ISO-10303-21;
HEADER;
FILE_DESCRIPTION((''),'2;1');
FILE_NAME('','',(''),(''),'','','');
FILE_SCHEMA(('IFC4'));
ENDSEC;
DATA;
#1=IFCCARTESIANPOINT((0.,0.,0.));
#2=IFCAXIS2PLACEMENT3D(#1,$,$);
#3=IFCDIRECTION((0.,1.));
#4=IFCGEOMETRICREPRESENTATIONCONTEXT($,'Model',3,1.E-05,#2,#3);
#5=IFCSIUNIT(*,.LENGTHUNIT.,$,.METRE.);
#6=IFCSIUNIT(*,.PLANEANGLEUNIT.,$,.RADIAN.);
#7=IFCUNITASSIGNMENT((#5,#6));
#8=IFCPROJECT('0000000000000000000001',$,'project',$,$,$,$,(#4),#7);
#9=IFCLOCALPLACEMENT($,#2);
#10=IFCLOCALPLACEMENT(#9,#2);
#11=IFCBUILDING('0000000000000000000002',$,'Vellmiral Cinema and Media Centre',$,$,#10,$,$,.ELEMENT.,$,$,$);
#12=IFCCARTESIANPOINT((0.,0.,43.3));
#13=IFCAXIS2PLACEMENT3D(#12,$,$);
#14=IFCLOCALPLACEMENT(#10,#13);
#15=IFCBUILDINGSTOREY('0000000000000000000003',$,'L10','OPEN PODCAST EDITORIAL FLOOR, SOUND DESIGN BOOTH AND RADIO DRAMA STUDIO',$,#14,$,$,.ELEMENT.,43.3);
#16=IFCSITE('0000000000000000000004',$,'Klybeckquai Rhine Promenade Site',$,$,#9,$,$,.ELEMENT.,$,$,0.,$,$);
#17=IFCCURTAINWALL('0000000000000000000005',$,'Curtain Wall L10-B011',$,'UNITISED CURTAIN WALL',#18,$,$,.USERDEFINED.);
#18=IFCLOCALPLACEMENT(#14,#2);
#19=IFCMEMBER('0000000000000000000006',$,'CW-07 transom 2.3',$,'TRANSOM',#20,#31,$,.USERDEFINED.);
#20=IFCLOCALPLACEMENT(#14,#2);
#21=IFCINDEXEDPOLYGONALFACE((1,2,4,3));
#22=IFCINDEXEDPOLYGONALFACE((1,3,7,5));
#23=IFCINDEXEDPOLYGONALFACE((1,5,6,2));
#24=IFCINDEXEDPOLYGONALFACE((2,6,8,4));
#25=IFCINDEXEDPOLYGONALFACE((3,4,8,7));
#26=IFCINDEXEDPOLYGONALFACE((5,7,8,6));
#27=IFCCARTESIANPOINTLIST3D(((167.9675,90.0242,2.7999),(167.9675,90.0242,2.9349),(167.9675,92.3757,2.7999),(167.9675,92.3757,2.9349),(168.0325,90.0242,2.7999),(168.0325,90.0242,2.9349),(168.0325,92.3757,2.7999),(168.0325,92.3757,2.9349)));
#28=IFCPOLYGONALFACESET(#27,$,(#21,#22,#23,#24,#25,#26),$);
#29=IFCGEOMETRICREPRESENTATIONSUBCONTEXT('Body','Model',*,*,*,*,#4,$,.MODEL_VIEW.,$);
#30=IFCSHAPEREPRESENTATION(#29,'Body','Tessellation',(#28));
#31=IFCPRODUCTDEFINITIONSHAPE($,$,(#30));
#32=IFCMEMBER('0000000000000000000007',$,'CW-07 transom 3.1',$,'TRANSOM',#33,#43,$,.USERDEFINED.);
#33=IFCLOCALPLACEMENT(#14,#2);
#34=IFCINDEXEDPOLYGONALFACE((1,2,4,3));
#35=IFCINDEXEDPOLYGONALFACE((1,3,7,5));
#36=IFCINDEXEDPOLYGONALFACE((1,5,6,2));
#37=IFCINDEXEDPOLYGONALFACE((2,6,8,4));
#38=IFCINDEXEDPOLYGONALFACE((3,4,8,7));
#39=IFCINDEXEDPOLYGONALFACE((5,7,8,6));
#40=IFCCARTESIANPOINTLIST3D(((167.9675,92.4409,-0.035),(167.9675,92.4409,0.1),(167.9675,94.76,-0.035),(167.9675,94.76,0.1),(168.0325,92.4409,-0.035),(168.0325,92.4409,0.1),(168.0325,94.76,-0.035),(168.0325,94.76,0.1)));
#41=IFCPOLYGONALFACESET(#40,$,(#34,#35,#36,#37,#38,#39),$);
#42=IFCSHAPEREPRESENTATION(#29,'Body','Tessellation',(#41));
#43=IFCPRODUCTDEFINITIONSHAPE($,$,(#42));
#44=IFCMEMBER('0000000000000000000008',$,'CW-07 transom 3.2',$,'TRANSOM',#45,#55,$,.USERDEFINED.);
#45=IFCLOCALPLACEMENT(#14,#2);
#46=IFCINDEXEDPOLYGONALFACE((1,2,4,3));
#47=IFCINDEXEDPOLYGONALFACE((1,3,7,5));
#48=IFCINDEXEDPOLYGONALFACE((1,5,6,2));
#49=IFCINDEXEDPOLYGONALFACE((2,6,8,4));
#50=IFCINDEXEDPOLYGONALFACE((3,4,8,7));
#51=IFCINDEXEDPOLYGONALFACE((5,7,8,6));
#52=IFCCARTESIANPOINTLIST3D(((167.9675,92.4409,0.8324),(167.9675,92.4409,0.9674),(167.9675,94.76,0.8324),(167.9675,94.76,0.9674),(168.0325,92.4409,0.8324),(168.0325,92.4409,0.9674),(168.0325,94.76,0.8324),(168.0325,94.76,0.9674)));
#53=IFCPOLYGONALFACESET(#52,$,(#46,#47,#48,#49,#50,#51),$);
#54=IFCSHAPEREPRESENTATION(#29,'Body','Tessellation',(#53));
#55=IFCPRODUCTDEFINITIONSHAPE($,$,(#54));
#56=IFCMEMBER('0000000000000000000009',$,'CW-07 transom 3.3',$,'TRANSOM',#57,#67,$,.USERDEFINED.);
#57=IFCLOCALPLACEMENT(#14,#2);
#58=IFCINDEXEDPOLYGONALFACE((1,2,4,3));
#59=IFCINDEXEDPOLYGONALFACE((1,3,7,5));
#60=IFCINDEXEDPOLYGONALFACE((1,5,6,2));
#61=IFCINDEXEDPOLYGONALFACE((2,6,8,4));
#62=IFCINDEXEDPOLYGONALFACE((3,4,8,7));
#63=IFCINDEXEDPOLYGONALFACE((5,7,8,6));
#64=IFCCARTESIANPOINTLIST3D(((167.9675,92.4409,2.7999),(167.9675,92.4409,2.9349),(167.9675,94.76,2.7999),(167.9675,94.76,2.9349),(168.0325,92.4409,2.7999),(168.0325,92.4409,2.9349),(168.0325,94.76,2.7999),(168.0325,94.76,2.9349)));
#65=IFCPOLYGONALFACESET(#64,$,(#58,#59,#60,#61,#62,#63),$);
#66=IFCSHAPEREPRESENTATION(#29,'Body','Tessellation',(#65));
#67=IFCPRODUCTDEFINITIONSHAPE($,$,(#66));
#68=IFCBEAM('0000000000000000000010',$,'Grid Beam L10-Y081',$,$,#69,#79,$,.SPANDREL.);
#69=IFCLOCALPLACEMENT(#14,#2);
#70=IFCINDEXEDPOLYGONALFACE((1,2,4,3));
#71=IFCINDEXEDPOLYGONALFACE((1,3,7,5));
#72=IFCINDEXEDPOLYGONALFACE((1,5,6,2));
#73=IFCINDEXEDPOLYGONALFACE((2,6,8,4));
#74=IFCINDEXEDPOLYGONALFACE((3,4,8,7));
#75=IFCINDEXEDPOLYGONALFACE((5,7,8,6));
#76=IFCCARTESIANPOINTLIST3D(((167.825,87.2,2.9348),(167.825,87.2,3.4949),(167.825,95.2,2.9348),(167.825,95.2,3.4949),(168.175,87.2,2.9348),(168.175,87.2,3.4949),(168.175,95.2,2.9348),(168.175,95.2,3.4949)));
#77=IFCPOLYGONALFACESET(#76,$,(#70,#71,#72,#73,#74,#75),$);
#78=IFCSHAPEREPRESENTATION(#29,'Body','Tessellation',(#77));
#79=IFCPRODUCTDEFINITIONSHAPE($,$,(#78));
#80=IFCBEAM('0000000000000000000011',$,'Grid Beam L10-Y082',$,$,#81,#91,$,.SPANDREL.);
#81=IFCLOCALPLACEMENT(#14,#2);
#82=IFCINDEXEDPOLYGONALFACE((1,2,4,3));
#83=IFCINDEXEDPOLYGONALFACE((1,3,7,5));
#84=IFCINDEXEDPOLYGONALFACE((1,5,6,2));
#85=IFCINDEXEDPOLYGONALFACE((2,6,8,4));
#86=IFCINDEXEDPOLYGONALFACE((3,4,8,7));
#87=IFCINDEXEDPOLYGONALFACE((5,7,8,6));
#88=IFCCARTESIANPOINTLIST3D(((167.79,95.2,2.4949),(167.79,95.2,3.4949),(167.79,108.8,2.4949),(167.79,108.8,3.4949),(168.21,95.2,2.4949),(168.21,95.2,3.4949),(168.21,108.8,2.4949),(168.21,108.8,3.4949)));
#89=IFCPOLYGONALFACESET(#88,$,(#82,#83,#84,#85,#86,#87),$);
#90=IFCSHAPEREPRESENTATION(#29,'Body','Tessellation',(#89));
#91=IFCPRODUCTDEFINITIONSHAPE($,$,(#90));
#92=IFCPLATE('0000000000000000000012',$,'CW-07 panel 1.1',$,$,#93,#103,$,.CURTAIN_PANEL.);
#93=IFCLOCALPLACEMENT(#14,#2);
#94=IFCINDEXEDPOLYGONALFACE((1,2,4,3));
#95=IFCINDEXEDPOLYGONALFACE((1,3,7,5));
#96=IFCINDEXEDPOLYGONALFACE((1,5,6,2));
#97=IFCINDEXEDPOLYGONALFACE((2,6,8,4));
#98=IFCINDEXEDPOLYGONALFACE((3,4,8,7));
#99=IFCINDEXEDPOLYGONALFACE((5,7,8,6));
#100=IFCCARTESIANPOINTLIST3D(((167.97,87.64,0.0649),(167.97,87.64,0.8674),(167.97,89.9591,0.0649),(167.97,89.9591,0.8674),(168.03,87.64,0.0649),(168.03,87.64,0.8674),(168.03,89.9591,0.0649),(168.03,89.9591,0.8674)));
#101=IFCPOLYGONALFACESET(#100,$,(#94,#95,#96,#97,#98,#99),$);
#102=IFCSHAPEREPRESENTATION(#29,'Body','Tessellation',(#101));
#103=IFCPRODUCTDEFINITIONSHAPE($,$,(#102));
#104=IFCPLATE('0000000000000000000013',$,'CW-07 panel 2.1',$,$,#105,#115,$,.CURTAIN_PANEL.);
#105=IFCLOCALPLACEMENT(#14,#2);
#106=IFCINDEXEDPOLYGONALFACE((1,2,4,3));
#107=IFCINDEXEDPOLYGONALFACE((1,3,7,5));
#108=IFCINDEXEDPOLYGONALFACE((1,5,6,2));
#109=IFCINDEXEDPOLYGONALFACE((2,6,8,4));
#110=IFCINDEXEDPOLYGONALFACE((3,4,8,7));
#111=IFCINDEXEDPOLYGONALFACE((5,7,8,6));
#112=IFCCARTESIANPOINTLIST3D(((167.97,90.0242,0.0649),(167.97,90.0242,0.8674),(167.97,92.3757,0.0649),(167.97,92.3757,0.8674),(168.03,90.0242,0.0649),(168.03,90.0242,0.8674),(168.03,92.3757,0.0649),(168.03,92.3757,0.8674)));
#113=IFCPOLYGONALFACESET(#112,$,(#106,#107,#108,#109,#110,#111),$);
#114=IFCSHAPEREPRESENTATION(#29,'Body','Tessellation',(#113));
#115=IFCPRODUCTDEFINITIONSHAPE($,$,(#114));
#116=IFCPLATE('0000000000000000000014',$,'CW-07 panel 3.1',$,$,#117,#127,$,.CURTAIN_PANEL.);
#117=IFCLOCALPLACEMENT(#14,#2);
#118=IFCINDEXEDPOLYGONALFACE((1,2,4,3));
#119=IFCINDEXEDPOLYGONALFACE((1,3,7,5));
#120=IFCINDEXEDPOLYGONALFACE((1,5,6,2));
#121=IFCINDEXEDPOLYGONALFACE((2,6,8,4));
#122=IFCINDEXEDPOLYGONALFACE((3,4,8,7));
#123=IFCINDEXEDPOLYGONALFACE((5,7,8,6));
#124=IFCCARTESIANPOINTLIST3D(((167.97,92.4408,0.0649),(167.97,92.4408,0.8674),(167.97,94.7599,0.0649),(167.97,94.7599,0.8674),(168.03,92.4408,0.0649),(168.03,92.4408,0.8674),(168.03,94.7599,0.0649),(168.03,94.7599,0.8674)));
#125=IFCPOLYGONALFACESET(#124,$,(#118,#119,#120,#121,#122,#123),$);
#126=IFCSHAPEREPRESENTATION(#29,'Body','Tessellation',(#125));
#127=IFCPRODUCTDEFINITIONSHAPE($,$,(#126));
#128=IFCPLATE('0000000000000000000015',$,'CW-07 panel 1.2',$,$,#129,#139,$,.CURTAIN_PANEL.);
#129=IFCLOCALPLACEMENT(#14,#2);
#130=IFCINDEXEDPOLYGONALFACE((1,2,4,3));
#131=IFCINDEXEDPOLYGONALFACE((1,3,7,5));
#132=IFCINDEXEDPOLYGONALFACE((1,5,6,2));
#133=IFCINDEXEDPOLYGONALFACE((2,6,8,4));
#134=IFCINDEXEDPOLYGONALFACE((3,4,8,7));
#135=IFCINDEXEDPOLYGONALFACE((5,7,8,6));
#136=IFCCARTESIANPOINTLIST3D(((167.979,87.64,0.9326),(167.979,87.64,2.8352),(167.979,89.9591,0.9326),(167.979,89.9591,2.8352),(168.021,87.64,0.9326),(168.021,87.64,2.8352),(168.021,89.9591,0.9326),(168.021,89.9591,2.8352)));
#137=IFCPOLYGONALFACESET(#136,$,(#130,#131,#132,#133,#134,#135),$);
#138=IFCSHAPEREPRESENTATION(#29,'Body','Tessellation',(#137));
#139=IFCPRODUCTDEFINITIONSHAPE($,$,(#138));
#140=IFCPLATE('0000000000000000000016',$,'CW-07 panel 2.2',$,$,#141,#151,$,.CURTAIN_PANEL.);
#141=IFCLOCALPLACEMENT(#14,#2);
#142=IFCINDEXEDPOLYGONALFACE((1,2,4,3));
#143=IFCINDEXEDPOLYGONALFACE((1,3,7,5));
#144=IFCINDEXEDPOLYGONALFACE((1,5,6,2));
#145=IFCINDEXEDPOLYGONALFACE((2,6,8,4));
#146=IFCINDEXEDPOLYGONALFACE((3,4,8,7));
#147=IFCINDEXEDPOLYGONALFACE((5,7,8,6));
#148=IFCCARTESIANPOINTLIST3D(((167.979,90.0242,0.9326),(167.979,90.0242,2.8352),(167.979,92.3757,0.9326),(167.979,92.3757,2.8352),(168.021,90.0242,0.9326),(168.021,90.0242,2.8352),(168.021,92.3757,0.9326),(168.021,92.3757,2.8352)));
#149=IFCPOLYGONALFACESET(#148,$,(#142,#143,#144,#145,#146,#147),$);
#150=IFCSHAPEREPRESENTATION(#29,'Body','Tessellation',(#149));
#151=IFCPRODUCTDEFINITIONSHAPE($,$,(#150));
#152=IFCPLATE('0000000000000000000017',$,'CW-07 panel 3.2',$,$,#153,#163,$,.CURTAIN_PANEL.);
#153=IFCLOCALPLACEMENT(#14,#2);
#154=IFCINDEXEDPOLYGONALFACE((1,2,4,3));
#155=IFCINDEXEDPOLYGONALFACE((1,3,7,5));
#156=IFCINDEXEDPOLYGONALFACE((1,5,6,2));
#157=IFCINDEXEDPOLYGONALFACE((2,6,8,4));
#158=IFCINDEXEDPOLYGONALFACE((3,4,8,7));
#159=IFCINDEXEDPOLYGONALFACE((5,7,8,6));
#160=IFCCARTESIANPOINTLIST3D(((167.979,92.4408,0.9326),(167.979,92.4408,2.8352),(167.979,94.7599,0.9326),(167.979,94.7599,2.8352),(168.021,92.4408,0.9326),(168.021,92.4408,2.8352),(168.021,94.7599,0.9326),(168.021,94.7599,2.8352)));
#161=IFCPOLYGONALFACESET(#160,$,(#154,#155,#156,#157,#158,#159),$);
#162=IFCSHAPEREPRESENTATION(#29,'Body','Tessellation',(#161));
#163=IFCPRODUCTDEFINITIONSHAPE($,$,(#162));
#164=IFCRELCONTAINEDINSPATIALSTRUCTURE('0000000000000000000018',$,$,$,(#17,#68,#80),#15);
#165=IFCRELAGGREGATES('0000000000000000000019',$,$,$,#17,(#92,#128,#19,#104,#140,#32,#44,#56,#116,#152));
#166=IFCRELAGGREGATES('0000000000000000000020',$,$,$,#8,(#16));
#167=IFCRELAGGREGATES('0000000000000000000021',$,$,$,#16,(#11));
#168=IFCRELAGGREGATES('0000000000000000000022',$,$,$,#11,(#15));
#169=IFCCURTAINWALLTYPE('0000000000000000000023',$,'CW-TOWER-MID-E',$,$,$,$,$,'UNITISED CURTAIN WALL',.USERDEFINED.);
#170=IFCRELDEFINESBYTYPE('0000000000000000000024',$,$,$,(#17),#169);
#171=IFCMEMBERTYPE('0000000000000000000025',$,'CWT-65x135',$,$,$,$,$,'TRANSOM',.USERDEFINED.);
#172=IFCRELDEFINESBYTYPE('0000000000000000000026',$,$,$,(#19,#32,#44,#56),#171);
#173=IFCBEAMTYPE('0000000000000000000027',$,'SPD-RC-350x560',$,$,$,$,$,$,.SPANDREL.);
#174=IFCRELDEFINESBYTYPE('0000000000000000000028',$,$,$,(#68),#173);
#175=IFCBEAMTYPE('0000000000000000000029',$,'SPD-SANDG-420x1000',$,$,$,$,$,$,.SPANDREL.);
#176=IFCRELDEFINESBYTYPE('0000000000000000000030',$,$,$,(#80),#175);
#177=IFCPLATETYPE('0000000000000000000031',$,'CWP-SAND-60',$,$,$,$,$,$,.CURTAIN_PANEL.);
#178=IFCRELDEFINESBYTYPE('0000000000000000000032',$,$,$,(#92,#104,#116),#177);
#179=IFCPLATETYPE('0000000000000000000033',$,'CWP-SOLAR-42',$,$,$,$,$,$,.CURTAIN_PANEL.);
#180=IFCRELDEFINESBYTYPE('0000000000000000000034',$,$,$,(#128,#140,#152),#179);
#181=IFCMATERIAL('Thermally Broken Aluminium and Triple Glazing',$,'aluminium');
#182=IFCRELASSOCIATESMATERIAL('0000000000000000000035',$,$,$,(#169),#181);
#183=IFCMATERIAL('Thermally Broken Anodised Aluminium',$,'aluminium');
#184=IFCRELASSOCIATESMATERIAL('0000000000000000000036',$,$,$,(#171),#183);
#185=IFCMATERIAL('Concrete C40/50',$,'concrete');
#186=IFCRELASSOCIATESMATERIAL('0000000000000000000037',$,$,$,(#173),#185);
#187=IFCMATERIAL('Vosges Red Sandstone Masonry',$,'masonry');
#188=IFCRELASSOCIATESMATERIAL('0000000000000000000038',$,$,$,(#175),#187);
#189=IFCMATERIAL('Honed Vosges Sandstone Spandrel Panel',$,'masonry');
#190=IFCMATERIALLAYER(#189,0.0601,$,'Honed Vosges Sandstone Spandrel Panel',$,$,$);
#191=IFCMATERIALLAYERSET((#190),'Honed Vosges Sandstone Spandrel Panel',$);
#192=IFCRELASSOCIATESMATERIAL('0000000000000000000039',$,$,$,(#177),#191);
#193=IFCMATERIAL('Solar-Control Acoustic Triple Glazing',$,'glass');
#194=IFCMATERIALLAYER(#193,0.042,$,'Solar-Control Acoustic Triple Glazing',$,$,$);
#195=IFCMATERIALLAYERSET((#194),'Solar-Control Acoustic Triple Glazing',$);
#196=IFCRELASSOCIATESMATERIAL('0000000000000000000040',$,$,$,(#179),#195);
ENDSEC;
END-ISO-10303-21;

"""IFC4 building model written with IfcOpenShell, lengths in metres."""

from ifc_helpers import new_model, si_unit, direction, frame, origin, origin_2d, place, context, subcontext, project, spatial, rectangle, extrude, material, layer, layer_set, material_profile, profile_set, type_object, element, aggregate, save


model = new_model("IFC4")

# Units and contexts
model_context = context("Model", 3, precision=1e-05, world=origin(), true_north=direction((0.0, 1.0)))
body_context = subcontext(model_context, "Body", "Model", "MODEL_VIEW")
ifc_project = project(units=[si_unit("LENGTHUNIT", "METRE"), si_unit("PLANEANGLEUNIT", "RADIAN")], contexts=[model_context])

# Site, building, storey
site_placement = place(None, origin())
site = spatial("IfcSite", under=ifc_project, at=site_placement, Name="Klybeckquai Rhine Promenade Site", CompositionType="ELEMENT", RefElevation=0.0)
building_placement = place(site_placement, origin())
building = spatial("IfcBuilding", under=site, at=building_placement, Name="Vellmiral Cinema and Media Centre", CompositionType="ELEMENT")
storey_placement = place(building_placement, frame((0.0, 0.0, 43.3)))
storey = spatial("IfcBuildingStorey", under=building, at=storey_placement, Name="L10", Description="OPEN PODCAST EDITORIAL FLOOR, SOUND DESIGN BOOTH AND RADIO DRAMA STUDIO", CompositionType="ELEMENT", Elevation=43.3)

# Curtain wall, members
ifc_material_1 = material(Name="Thermally Broken Aluminium and Triple Glazing", Category="aluminium")
curtain_wall_type = type_object("IfcCurtainWallType", Name="CW-TOWER-MID-E", ElementType="UNITISED CURTAIN WALL", PredefinedType="USERDEFINED", material=ifc_material_1)
curtain_wall_placement = place(storey_placement, origin())
curtain_wall = element("IfcCurtainWall", 1, at=curtain_wall_placement, inside=storey, type_object=curtain_wall_type, Name="Curtain Wall L10-B011", ObjectType="UNITISED CURTAIN WALL", PredefinedType="USERDEFINED")
ifc_material_2 = material(Name="Thermally Broken Anodised Aluminium", Category="aluminium")
ifc_material_profile_1 = material_profile(ifc_material_2, rectangle(XDim=0.0649, YDim=0.135, at=origin_2d()), Name="MULL 65x135")
ifc_profile_set_1 = profile_set([ifc_material_profile_1], Name="Thermally Broken Anodised Aluminium")
member_type_1 = type_object("IfcMemberType", Name="CWT-65x135", ElementType="TRANSOM", PredefinedType="USERDEFINED", material=ifc_profile_set_1)
member_1_placement = place(storey_placement, frame((168.0, 90.0242, 2.8674), z_axis=(0.0, 1.0, 0.0), x_axis=(-1.0, 0.0, 0.0)))
member_1 = element("IfcMember", 2, at=member_1_placement, type_object=member_type_1, Name="CW-07 transom 2.3", ObjectType="TRANSOM", PredefinedType="USERDEFINED", context=body_context, shape_type="SweptSolid", body=[
    extrude(rectangle(XDim=0.0649, YDim=0.135, at=origin_2d()), origin(), (0.0, 0.0, 1.0), 2.3516),
])
member_2_placement = place(storey_placement, frame((168.0, 92.4409, 0.0325), z_axis=(0.0, 1.0, 0.0), x_axis=(-1.0, 0.0, 0.0)))
member_2 = element("IfcMember", 3, at=member_2_placement, type_object=member_type_1, Name="CW-07 transom 3.1", ObjectType="TRANSOM", PredefinedType="USERDEFINED", context=body_context, shape_type="SweptSolid", body=[
    extrude(rectangle(XDim=0.0649, YDim=0.135, at=origin_2d()), origin(), (0.0, 0.0, 1.0), 2.3191),
])
member_3_placement = place(storey_placement, frame((168.0, 92.4409, 0.8999), z_axis=(0.0, 1.0, 0.0), x_axis=(-1.0, 0.0, 0.0)))
member_3 = element("IfcMember", 4, at=member_3_placement, type_object=member_type_1, Name="CW-07 transom 3.2", ObjectType="TRANSOM", PredefinedType="USERDEFINED", context=body_context, shape_type="SweptSolid", body=[
    extrude(rectangle(XDim=0.0649, YDim=0.135, at=origin_2d()), origin(), (0.0, 0.0, 1.0), 2.3191),
])
member_4_placement = place(storey_placement, frame((168.0, 92.4409, 2.8674), z_axis=(0.0, 1.0, 0.0), x_axis=(-1.0, 0.0, 0.0)))
member_4 = element("IfcMember", 5, at=member_4_placement, type_object=member_type_1, Name="CW-07 transom 3.3", ObjectType="TRANSOM", PredefinedType="USERDEFINED", context=body_context, shape_type="SweptSolid", body=[
    extrude(rectangle(XDim=0.0649, YDim=0.135, at=origin_2d()), origin(), (0.0, 0.0, 1.0), 2.3191),
])

# Beams
ifc_material_3 = material(Name="Concrete C40/50", Category="concrete")
ifc_material_profile_2 = material_profile(ifc_material_3, rectangle(XDim=0.3501, YDim=0.5601, at=origin_2d()), Name="RC 350x560")
ifc_profile_set_2 = profile_set([ifc_material_profile_2], Name="Concrete C40/50")
beam_type_1 = type_object("IfcBeamType", Name="SPD-RC-350x560", PredefinedType="SPANDREL", material=ifc_profile_set_2)
beam_1_placement = place(storey_placement, frame((168.0, 87.2, 3.2148), z_axis=(0.0, 1.0, 0.0), x_axis=(-1.0, 0.0, 0.0)))
element("IfcBeam", 6, at=beam_1_placement, inside=storey, type_object=beam_type_1, Name="Grid Beam L10-Y081", PredefinedType="SPANDREL", context=body_context, shape_type="SweptSolid", body=[
    extrude(rectangle(XDim=0.3501, YDim=0.5601, at=origin_2d()), origin(), (0.0, 0.0, 1.0), 8.0),
])
ifc_material_4 = material(Name="Vosges Red Sandstone Masonry", Category="masonry")
ifc_material_profile_3 = material_profile(ifc_material_4, rectangle(XDim=0.4199, YDim=1.0, at=origin_2d()), Name="SAND 420x1000")
ifc_profile_set_3 = profile_set([ifc_material_profile_3], Name="Vosges Red Sandstone Masonry")
beam_type_2 = type_object("IfcBeamType", Name="SPD-SANDG-420x1000", PredefinedType="SPANDREL", material=ifc_profile_set_3)
beam_2_placement = place(storey_placement, frame((168.0, 95.2, 2.9949), z_axis=(0.0, 1.0, 0.0), x_axis=(-1.0, 0.0, 0.0)))
element("IfcBeam", 7, at=beam_2_placement, inside=storey, type_object=beam_type_2, Name="Grid Beam L10-Y082", PredefinedType="SPANDREL", context=body_context, shape_type="SweptSolid", body=[
    extrude(rectangle(XDim=0.4199, YDim=1.0, at=origin_2d()), origin(), (0.0, 0.0, 1.0), 13.6001),
])

# Plates
ifc_material_5 = material(Name="Honed Vosges Sandstone Spandrel Panel", Category="masonry")
ifc_layer_1 = layer(ifc_material_5, 0.0601, Name="Honed Vosges Sandstone Spandrel Panel")
ifc_layer_set_1 = layer_set([ifc_layer_1], Name="Honed Vosges Sandstone Spandrel Panel")
plate_type_1 = type_object("IfcPlateType", Name="CWP-SAND-60", PredefinedType="CURTAIN_PANEL", material=ifc_layer_set_1)
plate_1_placement = place(storey_placement, frame((168.0, 88.7996, 0.0649), z_axis=(0.0, 0.0, 1.0), x_axis=(0.0, 1.0, 0.0)))
plate_1 = element("IfcPlate", 8, at=plate_1_placement, type_object=plate_type_1, Name="CW-07 panel 1.1", PredefinedType="CURTAIN_PANEL", context=body_context, shape_type="SweptSolid", body=[
    extrude(rectangle(XDim=2.3191, YDim=0.0601, at=origin_2d()), origin(), (0.0, 0.0, 1.0), 0.8025),
])
plate_2_placement = place(storey_placement, frame((168.0, 91.2, 0.0649), z_axis=(0.0, 0.0, 1.0), x_axis=(0.0, 1.0, 0.0)))
plate_2 = element("IfcPlate", 9, at=plate_2_placement, type_object=plate_type_1, Name="CW-07 panel 2.1", PredefinedType="CURTAIN_PANEL", context=body_context, shape_type="SweptSolid", body=[
    extrude(rectangle(XDim=2.3516, YDim=0.0601, at=origin_2d()), origin(), (0.0, 0.0, 1.0), 0.8025),
])
plate_3_placement = place(storey_placement, frame((168.0, 93.6003, 0.0649), z_axis=(0.0, 0.0, 1.0), x_axis=(0.0, 1.0, 0.0)))
plate_3 = element("IfcPlate", 10, at=plate_3_placement, type_object=plate_type_1, Name="CW-07 panel 3.1", PredefinedType="CURTAIN_PANEL", context=body_context, shape_type="SweptSolid", body=[
    extrude(rectangle(XDim=2.3191, YDim=0.0601, at=origin_2d()), origin(), (0.0, 0.0, 1.0), 0.8025),
])
ifc_material_6 = material(Name="Solar-Control Acoustic Triple Glazing", Category="glass")
ifc_layer_2 = layer(ifc_material_6, 0.042, Name="Solar-Control Acoustic Triple Glazing")
ifc_layer_set_2 = layer_set([ifc_layer_2], Name="Solar-Control Acoustic Triple Glazing")
plate_type_2 = type_object("IfcPlateType", Name="CWP-SOLAR-42", PredefinedType="CURTAIN_PANEL", material=ifc_layer_set_2)
plate_4_placement = place(storey_placement, frame((168.0, 88.7996, 0.9326), z_axis=(0.0, 0.0, 1.0), x_axis=(0.0, 1.0, 0.0)))
plate_4 = element("IfcPlate", 11, at=plate_4_placement, type_object=plate_type_2, Name="CW-07 panel 1.2", PredefinedType="CURTAIN_PANEL", context=body_context, shape_type="SweptSolid", body=[
    extrude(rectangle(XDim=2.3191, YDim=0.042, at=origin_2d()), origin(), (0.0, 0.0, 1.0), 1.9026),
])
plate_5_placement = place(storey_placement, frame((168.0, 91.2, 0.9326), z_axis=(0.0, 0.0, 1.0), x_axis=(0.0, 1.0, 0.0)))
plate_5 = element("IfcPlate", 12, at=plate_5_placement, type_object=plate_type_2, Name="CW-07 panel 2.2", PredefinedType="CURTAIN_PANEL", context=body_context, shape_type="SweptSolid", body=[
    extrude(rectangle(XDim=2.3516, YDim=0.042, at=origin_2d()), origin(), (0.0, 0.0, 1.0), 1.9026),
])
plate_6_placement = place(storey_placement, frame((168.0, 93.6003, 0.9326), z_axis=(0.0, 0.0, 1.0), x_axis=(0.0, 1.0, 0.0)))
plate_6 = element("IfcPlate", 13, at=plate_6_placement, type_object=plate_type_2, Name="CW-07 panel 3.2", PredefinedType="CURTAIN_PANEL", context=body_context, shape_type="SweptSolid", body=[
    extrude(rectangle(XDim=2.3191, YDim=0.042, at=origin_2d()), origin(), (0.0, 0.0, 1.0), 1.9026),
])
aggregate(curtain_wall, [plate_1, plate_4, member_1, plate_2, plate_5, member_2, member_3, member_4, plate_3, plate_6])

save(model, "model.ifc")
